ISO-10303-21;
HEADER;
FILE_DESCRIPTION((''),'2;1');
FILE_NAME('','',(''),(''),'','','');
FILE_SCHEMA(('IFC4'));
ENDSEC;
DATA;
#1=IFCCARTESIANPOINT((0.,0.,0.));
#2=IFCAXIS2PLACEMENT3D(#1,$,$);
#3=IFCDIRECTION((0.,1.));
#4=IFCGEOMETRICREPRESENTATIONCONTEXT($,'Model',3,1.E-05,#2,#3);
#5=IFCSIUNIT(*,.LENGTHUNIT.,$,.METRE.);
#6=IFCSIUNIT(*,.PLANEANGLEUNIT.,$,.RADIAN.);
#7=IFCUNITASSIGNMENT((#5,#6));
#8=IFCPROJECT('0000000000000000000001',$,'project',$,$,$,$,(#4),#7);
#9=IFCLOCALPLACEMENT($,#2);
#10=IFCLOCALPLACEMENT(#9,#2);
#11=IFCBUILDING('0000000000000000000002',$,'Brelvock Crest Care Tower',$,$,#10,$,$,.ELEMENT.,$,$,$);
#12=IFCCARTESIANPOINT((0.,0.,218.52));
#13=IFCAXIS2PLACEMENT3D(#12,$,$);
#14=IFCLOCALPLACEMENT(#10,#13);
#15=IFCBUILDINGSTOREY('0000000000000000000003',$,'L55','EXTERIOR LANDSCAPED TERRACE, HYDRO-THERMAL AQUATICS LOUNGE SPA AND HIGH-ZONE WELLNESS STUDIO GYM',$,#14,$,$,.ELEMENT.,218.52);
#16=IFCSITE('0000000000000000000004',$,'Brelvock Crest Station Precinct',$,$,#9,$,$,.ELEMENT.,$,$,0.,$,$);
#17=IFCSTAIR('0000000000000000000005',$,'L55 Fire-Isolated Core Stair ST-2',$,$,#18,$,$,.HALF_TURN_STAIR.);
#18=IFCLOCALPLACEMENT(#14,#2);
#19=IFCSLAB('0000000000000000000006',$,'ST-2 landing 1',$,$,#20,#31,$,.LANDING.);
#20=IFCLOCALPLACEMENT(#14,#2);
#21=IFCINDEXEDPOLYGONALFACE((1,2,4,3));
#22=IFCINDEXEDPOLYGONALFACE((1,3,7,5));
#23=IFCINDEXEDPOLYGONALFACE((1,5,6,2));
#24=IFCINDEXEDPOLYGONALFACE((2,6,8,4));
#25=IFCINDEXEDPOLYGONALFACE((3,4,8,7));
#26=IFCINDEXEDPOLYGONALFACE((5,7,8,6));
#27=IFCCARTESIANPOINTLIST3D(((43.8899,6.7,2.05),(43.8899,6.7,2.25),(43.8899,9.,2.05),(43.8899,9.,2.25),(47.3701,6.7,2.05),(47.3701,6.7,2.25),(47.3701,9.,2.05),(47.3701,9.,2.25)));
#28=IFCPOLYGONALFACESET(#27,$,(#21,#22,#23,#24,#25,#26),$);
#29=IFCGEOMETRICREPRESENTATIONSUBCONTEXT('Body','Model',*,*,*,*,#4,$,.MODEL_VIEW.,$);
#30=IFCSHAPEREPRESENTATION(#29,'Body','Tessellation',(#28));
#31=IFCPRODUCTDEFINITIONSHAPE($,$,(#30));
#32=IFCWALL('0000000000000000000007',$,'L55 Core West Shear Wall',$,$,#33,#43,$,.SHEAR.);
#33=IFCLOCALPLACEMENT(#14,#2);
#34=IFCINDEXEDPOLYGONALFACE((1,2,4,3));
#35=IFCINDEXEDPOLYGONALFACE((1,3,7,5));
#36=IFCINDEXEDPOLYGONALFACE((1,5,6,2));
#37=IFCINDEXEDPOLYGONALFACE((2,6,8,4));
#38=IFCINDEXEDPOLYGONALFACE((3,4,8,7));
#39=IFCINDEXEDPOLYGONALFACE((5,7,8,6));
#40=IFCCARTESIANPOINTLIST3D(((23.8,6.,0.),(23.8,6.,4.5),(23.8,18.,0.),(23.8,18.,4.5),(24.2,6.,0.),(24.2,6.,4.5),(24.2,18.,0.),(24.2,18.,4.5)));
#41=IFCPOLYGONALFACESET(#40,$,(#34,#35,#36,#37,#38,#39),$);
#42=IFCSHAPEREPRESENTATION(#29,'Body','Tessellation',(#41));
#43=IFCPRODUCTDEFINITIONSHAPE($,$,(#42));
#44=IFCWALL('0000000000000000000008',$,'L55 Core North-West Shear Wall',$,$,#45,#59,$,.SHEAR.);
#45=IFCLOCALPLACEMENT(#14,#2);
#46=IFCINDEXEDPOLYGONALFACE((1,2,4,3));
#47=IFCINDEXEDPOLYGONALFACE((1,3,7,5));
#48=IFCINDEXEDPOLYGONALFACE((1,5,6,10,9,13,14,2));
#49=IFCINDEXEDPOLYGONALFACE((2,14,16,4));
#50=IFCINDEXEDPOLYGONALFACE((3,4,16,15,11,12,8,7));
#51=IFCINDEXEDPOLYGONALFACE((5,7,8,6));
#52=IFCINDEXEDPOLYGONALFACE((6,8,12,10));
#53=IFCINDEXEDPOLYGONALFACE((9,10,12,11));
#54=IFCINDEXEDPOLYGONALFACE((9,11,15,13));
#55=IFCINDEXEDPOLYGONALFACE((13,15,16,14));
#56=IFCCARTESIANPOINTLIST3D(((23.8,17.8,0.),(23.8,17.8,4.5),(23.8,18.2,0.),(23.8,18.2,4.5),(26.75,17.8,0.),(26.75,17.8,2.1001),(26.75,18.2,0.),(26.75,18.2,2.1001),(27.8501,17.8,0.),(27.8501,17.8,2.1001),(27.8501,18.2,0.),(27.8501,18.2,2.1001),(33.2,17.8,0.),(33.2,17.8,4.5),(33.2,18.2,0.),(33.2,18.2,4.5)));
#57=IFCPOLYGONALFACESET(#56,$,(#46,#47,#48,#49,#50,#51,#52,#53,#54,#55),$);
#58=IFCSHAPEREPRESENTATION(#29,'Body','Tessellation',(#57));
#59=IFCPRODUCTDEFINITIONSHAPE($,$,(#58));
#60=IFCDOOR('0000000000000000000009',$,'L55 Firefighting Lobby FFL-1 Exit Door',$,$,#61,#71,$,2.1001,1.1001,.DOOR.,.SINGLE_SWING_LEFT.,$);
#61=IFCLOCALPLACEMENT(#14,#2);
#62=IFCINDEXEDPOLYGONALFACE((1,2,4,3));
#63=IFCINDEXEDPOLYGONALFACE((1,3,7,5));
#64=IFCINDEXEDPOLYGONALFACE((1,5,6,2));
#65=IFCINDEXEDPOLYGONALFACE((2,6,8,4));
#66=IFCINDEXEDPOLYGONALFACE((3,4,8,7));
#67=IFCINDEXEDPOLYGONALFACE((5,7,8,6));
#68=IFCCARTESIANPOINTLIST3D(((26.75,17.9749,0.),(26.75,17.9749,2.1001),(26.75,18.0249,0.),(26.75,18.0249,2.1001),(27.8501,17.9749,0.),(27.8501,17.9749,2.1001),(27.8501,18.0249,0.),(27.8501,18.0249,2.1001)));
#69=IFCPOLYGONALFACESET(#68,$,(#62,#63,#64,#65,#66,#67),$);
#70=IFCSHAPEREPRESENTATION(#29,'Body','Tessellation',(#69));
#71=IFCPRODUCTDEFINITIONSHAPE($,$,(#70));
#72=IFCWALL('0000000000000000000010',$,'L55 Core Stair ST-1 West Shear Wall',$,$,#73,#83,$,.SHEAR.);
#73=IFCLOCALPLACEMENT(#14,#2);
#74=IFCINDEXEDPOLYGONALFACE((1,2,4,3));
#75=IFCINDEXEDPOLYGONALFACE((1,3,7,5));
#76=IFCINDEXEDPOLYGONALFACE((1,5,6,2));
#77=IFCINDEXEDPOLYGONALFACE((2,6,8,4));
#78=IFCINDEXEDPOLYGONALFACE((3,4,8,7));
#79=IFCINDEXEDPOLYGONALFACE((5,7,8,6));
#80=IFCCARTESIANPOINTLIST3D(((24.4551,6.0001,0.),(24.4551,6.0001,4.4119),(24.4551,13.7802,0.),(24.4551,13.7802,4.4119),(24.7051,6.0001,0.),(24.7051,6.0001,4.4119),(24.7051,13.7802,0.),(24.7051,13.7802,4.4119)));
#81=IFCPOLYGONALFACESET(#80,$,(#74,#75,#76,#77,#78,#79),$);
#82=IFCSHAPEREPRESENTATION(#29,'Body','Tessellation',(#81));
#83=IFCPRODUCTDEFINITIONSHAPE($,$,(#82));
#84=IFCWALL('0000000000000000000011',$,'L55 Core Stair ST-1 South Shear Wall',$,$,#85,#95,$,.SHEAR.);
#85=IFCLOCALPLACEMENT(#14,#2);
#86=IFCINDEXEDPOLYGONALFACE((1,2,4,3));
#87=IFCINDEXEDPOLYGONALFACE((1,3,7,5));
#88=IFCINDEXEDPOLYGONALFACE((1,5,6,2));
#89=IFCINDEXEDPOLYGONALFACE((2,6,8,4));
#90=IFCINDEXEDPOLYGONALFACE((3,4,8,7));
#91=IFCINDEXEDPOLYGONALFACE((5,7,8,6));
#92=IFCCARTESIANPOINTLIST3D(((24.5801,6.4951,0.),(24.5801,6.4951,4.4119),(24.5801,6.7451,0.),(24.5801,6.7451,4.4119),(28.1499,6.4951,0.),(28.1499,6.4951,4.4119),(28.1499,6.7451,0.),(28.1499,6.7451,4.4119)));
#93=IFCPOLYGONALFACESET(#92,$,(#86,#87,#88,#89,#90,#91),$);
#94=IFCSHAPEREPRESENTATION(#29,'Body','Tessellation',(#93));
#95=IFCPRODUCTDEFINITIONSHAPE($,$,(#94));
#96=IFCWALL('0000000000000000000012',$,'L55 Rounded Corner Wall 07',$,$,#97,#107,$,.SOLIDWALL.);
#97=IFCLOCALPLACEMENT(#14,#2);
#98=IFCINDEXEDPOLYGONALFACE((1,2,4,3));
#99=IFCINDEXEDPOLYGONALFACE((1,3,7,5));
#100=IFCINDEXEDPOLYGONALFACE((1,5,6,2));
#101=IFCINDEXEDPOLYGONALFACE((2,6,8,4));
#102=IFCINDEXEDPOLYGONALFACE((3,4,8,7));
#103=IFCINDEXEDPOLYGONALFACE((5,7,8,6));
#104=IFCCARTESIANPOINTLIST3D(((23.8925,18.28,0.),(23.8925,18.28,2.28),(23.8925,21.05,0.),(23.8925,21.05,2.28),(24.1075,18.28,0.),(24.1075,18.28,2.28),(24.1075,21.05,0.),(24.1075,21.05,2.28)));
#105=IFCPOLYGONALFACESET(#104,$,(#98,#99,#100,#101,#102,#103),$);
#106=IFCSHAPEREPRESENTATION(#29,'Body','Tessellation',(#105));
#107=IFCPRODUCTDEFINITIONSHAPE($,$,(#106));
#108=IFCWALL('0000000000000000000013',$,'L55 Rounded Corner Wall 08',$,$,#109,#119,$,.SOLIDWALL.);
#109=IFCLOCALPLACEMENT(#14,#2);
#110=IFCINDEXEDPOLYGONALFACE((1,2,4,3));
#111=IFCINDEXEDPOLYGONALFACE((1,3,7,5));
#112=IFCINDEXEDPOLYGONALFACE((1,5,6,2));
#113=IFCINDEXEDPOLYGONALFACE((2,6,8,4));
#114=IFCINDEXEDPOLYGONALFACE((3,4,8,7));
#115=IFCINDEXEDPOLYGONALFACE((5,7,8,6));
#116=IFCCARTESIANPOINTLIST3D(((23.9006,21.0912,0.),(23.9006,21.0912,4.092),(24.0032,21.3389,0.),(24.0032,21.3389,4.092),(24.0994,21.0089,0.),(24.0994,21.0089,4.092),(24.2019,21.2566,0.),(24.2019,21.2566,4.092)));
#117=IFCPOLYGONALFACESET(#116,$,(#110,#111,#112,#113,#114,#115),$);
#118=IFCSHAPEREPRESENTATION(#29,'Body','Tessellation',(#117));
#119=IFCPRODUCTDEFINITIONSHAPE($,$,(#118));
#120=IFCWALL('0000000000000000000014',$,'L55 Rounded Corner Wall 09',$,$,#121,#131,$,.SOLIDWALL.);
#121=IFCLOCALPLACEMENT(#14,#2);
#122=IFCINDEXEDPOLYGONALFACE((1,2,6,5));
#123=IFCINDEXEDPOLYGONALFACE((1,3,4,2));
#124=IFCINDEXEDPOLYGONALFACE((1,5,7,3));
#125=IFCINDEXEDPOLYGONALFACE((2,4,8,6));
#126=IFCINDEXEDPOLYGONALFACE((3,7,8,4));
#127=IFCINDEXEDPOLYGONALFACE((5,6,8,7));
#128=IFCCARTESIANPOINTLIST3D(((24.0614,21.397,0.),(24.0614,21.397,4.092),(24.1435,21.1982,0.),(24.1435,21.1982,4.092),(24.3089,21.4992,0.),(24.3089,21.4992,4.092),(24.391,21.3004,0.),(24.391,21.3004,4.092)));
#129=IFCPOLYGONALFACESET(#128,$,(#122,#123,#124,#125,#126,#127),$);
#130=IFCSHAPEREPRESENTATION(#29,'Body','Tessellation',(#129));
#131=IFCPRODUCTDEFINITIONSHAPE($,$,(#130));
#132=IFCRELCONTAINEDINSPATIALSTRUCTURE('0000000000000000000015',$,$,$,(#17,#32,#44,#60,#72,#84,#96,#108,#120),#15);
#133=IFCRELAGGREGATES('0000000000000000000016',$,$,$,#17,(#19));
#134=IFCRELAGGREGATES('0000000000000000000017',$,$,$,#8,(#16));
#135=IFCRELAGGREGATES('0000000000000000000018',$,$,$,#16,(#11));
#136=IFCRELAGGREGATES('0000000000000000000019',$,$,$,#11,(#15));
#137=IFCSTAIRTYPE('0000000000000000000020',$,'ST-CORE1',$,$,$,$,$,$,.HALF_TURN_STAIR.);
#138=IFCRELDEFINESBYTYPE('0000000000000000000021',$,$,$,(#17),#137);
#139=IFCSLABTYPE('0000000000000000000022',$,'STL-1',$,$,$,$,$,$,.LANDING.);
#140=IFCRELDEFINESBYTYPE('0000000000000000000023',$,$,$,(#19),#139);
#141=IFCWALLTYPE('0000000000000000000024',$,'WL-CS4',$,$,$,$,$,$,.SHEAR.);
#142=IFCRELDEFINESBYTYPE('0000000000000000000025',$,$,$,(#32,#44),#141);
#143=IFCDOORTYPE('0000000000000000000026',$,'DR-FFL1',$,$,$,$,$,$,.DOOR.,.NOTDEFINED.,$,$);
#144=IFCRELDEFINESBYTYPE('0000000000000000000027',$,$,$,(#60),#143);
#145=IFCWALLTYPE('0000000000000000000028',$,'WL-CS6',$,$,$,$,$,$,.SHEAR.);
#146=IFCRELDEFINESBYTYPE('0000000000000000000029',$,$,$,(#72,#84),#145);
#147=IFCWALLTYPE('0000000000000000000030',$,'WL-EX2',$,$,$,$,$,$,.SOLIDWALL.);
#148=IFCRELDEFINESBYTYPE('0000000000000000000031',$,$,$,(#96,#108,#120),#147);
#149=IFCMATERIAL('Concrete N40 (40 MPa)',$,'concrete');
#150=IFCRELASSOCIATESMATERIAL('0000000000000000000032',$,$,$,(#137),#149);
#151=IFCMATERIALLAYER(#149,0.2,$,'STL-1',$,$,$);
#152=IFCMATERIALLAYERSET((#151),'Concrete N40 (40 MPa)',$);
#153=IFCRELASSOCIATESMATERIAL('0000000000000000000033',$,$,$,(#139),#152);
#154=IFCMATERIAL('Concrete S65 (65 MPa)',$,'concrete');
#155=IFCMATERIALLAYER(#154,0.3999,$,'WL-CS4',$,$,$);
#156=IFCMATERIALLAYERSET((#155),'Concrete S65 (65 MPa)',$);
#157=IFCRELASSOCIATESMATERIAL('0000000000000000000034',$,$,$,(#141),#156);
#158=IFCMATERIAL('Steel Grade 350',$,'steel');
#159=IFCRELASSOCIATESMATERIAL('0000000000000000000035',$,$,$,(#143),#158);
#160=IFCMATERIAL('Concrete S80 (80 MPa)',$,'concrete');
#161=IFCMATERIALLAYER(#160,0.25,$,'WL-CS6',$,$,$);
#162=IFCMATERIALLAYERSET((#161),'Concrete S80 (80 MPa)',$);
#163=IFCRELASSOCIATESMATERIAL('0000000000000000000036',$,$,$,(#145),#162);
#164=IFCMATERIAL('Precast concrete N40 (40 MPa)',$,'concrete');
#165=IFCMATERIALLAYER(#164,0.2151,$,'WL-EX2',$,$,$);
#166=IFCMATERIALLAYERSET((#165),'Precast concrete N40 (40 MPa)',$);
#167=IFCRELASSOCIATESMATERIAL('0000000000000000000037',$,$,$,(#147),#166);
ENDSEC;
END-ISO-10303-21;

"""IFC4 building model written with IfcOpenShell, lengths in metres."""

from ifc_helpers import new_model, si_unit, direction, frame, frame_2d, origin, origin_2d, place, context, subcontext, project, spatial, polyline, rectangle, outline, extrude, source, transform, mapped, material, layer, layer_set, type_object, element, fill, aggregate, save


model = new_model("IFC4")

# Units and contexts
model_context = context("Model", 3, precision=1e-05, world=origin(), true_north=direction((0.0, 1.0)))
body_context = subcontext(model_context, "Body", "Model", "MODEL_VIEW")
ifc_project = project(units=[si_unit("LENGTHUNIT", "METRE"), si_unit("PLANEANGLEUNIT", "RADIAN")], contexts=[model_context])

# Site, building, storey
site_placement = place(None, origin())
site = spatial("IfcSite", under=ifc_project, at=site_placement, Name="Brelvock Crest Station Precinct", CompositionType="ELEMENT", RefElevation=0.0)
building_placement = place(site_placement, origin())
building = spatial("IfcBuilding", under=site, at=building_placement, Name="Brelvock Crest Care Tower", CompositionType="ELEMENT")
storey_placement = place(building_placement, frame((0.0, 0.0, 218.52)))
storey = spatial("IfcBuildingStorey", under=building, at=storey_placement, Name="L55", Description="EXTERIOR LANDSCAPED TERRACE, HYDRO-THERMAL AQUATICS LOUNGE SPA AND HIGH-ZONE WELLNESS STUDIO GYM", CompositionType="ELEMENT", Elevation=218.52)

# Shared definitions
ifc_material_1 = material(Name="Concrete S65 (65 MPa)", Category="concrete")

# Shared definitions
ifc_material_2 = material(Name="Steel Grade 350", Category="steel")

# Stair, slab
ifc_material_3 = material(Name="Concrete N40 (40 MPa)", Category="concrete")
stair_type = type_object("IfcStairType", Name="ST-CORE1", PredefinedType="HALF_TURN_STAIR", material=ifc_material_3)
ifc_layer_1 = layer(ifc_material_3, 0.2, Name="STL-1")
ifc_layer_set_1 = layer_set([ifc_layer_1], Name="Concrete N40 (40 MPa)")
slab_type_1 = type_object("IfcSlabType", Name="STL-1", PredefinedType="LANDING", material=ifc_layer_set_1)
stair_1_placement = place(storey_placement, origin())
stair_1 = element("IfcStair", 1, at=stair_1_placement, inside=storey, type_object=stair_type, Name="L55 Fire-Isolated Core Stair ST-2", PredefinedType="HALF_TURN_STAIR")
slab_1_placement = place(storey_placement, frame((0.0, 0.0, 2.05)))
slab_1 = element("IfcSlab", 2, at=slab_1_placement, type_object=slab_type_1, Name="ST-2 landing 1", PredefinedType="LANDING", context=body_context, shape_type="SweptSolid", body=[
    extrude(outline(polyline([(43.8899, 9.0), (43.8899, 6.7), (47.3701, 6.7), (47.3701, 9.0), (43.8899, 9.0)])), origin(), (0.0, 0.0, 1.0), 0.2),
])
aggregate(stair_1, [slab_1])

# Wall
ifc_layer_2 = layer(ifc_material_1, 0.3999, Name="WL-CS4")
ifc_layer_set_2 = layer_set([ifc_layer_2], Name="Concrete S65 (65 MPa)")
wall_type_1 = type_object("IfcWallType", Name="WL-CS4", PredefinedType="SHEAR", material=ifc_layer_set_2)
wall_1_placement = place(storey_placement, frame((24.0, 6.0, 0.0), z_axis=(0.0, 0.0, 1.0), x_axis=(0.0, 1.0, 0.0)))
element("IfcWall", 3, at=wall_1_placement, inside=storey, type_object=wall_type_1, Name="L55 Core West Shear Wall", PredefinedType="SHEAR", context=body_context, shape_type="SweptSolid", body=[
    extrude(rectangle(XDim=12.0, YDim=0.3999, at=frame_2d((6.0, 0.0))), origin(), (0.0, 0.0, 1.0), 4.5),
])

# Wall, opening, door
wall_2_placement = place(storey_placement, frame((23.8, 18.0, 0.0), z_axis=(0.0, 0.0, 1.0), x_axis=(1.0, 0.0, 0.0)))
wall_2 = element("IfcWall", 4, at=wall_2_placement, inside=storey, type_object=wall_type_1, Name="L55 Core North-West Shear Wall", PredefinedType="SHEAR", context=body_context, shape_type="SweptSolid", body=[
    extrude(rectangle(XDim=9.3999, YDim=0.3999, at=frame_2d((4.7, 0.0))), origin(), (0.0, 0.0, 1.0), 4.5),
])
opening_1_placement = place(wall_2_placement, frame((2.95, 0.0, 0.0)))
opening_1 = element("IfcOpeningElement", 5, at=opening_1_placement, cuts=wall_2, PredefinedType="OPENING", context=body_context, shape_type="SweptSolid", body=[
    extrude(rectangle(XDim=1.1001, YDim=2.1001, at=origin_2d()), frame((0.55, 0.21, 1.05), z_axis=(0.0, -1.0, 0.0), x_axis=(1.0, 0.0, 0.0)), (0.0, 0.0, 1.0), 0.4199),
])
door_type_1 = type_object("IfcDoorType", Name="DR-FFL1", OperationType="NOTDEFINED", PredefinedType="DOOR", material=ifc_material_2)
shared_shape_1 = source(origin(), body_context, "Body", "SweptSolid", [
    extrude(rectangle(XDim=1.1001, YDim=2.1001, at=origin_2d()), frame((0.55, 0.0249, 1.05), z_axis=(0.0, -1.0, 0.0), x_axis=(1.0, 0.0, 0.0)), (0.0, 0.0, 1.0), 0.05),
])
door_1_placement = place(opening_1_placement, origin())
door_1 = element("IfcDoor", 6, at=door_1_placement, inside=storey, type_object=door_type_1, Name="L55 Firefighting Lobby FFL-1 Exit Door", OperationType="SINGLE_SWING_LEFT", OverallHeight=2.1001, OverallWidth=1.1001, PredefinedType="DOOR", context=body_context, shape_type="MappedRepresentation", body=[
    mapped(shared_shape_1, transform((0.0, 0.0, 0.0), x_axis=(1.0, 0.0, 0.0), y_axis=(0.0, 1.0, 0.0), z_axis=(0.0, 0.0, 1.0), scale=1.0)),
])
fill(opening_1, door_1)

# Walls
ifc_material_4 = material(Name="Concrete S80 (80 MPa)", Category="concrete")
ifc_layer_3 = layer(ifc_material_4, 0.25, Name="WL-CS6")
ifc_layer_set_3 = layer_set([ifc_layer_3], Name="Concrete S80 (80 MPa)")
wall_type_2 = type_object("IfcWallType", Name="WL-CS6", PredefinedType="SHEAR", material=ifc_layer_set_3)
wall_3_placement = place(storey_placement, frame((24.5801, 6.0, 0.0), z_axis=(0.0, 0.0, 1.0), x_axis=(0.0, 1.0, 0.0)))
element("IfcWall", 7, at=wall_3_placement, inside=storey, type_object=wall_type_2, Name="L55 Core Stair ST-1 West Shear Wall", PredefinedType="SHEAR", context=body_context, shape_type="SweptSolid", body=[
    extrude(rectangle(XDim=7.78, YDim=0.25, at=frame_2d((3.8901, 0.0))), origin(), (0.0, 0.0, 1.0), 4.4119),
])
wall_4_placement = place(storey_placement, frame((24.5801, 6.6201, 0.0), z_axis=(0.0, 0.0, 1.0), x_axis=(1.0, 0.0, 0.0)))
element("IfcWall", 8, at=wall_4_placement, inside=storey, type_object=wall_type_2, Name="L55 Core Stair ST-1 South Shear Wall", PredefinedType="SHEAR", context=body_context, shape_type="SweptSolid", body=[
    extrude(rectangle(XDim=3.5698, YDim=0.25, at=frame_2d((1.7849, 0.0))), origin(), (0.0, 0.0, 1.0), 4.4119),
])
ifc_material_5 = material(Name="Precast concrete N40 (40 MPa)", Category="concrete")
ifc_layer_4 = layer(ifc_material_5, 0.2151, Name="WL-EX2")
ifc_layer_set_4 = layer_set([ifc_layer_4], Name="Precast concrete N40 (40 MPa)")
wall_type_3 = type_object("IfcWallType", Name="WL-EX2", PredefinedType="SOLIDWALL", material=ifc_layer_set_4)
wall_5_placement = place(storey_placement, frame((24.0, 18.28, 0.0), z_axis=(0.0, 0.0, 1.0), x_axis=(0.0, 1.0, 0.0)))
element("IfcWall", 9, at=wall_5_placement, inside=storey, type_object=wall_type_3, Name="L55 Rounded Corner Wall 07", PredefinedType="SOLIDWALL", context=body_context, shape_type="SweptSolid", body=[
    extrude(rectangle(XDim=2.77, YDim=0.2151, at=frame_2d((1.385, 0.0))), origin(), (0.0, 0.0, 1.0), 2.28),
])
wall_6_placement = place(storey_placement, frame((24.0, 21.05, 0.0), z_axis=(0.0, 0.0, 1.0), x_axis=(0.382674, 0.923884, 0.0)))
element("IfcWall", 10, at=wall_6_placement, inside=storey, type_object=wall_type_3, Name="L55 Rounded Corner Wall 08", PredefinedType="SOLIDWALL", context=body_context, shape_type="SweptSolid", body=[
    extrude(rectangle(XDim=0.2681, YDim=0.2151, at=frame_2d((0.134, 0.0))), origin(), (0.0, 0.0, 1.0), 4.092),
])
wall_7_placement = place(storey_placement, frame((24.1025, 21.2976, 0.0), z_axis=(0.0, 0.0, 1.0), x_axis=(0.924205, 0.381896, 0.0)))
element("IfcWall", 11, at=wall_7_placement, inside=storey, type_object=wall_type_3, Name="L55 Rounded Corner Wall 09", PredefinedType="SOLIDWALL", context=body_context, shape_type="SweptSolid", body=[
    extrude(rectangle(XDim=0.2678, YDim=0.2151, at=frame_2d((0.1338, 0.0))), origin(), (0.0, 0.0, 1.0), 4.092),
])

save(model, "model.ifc")
